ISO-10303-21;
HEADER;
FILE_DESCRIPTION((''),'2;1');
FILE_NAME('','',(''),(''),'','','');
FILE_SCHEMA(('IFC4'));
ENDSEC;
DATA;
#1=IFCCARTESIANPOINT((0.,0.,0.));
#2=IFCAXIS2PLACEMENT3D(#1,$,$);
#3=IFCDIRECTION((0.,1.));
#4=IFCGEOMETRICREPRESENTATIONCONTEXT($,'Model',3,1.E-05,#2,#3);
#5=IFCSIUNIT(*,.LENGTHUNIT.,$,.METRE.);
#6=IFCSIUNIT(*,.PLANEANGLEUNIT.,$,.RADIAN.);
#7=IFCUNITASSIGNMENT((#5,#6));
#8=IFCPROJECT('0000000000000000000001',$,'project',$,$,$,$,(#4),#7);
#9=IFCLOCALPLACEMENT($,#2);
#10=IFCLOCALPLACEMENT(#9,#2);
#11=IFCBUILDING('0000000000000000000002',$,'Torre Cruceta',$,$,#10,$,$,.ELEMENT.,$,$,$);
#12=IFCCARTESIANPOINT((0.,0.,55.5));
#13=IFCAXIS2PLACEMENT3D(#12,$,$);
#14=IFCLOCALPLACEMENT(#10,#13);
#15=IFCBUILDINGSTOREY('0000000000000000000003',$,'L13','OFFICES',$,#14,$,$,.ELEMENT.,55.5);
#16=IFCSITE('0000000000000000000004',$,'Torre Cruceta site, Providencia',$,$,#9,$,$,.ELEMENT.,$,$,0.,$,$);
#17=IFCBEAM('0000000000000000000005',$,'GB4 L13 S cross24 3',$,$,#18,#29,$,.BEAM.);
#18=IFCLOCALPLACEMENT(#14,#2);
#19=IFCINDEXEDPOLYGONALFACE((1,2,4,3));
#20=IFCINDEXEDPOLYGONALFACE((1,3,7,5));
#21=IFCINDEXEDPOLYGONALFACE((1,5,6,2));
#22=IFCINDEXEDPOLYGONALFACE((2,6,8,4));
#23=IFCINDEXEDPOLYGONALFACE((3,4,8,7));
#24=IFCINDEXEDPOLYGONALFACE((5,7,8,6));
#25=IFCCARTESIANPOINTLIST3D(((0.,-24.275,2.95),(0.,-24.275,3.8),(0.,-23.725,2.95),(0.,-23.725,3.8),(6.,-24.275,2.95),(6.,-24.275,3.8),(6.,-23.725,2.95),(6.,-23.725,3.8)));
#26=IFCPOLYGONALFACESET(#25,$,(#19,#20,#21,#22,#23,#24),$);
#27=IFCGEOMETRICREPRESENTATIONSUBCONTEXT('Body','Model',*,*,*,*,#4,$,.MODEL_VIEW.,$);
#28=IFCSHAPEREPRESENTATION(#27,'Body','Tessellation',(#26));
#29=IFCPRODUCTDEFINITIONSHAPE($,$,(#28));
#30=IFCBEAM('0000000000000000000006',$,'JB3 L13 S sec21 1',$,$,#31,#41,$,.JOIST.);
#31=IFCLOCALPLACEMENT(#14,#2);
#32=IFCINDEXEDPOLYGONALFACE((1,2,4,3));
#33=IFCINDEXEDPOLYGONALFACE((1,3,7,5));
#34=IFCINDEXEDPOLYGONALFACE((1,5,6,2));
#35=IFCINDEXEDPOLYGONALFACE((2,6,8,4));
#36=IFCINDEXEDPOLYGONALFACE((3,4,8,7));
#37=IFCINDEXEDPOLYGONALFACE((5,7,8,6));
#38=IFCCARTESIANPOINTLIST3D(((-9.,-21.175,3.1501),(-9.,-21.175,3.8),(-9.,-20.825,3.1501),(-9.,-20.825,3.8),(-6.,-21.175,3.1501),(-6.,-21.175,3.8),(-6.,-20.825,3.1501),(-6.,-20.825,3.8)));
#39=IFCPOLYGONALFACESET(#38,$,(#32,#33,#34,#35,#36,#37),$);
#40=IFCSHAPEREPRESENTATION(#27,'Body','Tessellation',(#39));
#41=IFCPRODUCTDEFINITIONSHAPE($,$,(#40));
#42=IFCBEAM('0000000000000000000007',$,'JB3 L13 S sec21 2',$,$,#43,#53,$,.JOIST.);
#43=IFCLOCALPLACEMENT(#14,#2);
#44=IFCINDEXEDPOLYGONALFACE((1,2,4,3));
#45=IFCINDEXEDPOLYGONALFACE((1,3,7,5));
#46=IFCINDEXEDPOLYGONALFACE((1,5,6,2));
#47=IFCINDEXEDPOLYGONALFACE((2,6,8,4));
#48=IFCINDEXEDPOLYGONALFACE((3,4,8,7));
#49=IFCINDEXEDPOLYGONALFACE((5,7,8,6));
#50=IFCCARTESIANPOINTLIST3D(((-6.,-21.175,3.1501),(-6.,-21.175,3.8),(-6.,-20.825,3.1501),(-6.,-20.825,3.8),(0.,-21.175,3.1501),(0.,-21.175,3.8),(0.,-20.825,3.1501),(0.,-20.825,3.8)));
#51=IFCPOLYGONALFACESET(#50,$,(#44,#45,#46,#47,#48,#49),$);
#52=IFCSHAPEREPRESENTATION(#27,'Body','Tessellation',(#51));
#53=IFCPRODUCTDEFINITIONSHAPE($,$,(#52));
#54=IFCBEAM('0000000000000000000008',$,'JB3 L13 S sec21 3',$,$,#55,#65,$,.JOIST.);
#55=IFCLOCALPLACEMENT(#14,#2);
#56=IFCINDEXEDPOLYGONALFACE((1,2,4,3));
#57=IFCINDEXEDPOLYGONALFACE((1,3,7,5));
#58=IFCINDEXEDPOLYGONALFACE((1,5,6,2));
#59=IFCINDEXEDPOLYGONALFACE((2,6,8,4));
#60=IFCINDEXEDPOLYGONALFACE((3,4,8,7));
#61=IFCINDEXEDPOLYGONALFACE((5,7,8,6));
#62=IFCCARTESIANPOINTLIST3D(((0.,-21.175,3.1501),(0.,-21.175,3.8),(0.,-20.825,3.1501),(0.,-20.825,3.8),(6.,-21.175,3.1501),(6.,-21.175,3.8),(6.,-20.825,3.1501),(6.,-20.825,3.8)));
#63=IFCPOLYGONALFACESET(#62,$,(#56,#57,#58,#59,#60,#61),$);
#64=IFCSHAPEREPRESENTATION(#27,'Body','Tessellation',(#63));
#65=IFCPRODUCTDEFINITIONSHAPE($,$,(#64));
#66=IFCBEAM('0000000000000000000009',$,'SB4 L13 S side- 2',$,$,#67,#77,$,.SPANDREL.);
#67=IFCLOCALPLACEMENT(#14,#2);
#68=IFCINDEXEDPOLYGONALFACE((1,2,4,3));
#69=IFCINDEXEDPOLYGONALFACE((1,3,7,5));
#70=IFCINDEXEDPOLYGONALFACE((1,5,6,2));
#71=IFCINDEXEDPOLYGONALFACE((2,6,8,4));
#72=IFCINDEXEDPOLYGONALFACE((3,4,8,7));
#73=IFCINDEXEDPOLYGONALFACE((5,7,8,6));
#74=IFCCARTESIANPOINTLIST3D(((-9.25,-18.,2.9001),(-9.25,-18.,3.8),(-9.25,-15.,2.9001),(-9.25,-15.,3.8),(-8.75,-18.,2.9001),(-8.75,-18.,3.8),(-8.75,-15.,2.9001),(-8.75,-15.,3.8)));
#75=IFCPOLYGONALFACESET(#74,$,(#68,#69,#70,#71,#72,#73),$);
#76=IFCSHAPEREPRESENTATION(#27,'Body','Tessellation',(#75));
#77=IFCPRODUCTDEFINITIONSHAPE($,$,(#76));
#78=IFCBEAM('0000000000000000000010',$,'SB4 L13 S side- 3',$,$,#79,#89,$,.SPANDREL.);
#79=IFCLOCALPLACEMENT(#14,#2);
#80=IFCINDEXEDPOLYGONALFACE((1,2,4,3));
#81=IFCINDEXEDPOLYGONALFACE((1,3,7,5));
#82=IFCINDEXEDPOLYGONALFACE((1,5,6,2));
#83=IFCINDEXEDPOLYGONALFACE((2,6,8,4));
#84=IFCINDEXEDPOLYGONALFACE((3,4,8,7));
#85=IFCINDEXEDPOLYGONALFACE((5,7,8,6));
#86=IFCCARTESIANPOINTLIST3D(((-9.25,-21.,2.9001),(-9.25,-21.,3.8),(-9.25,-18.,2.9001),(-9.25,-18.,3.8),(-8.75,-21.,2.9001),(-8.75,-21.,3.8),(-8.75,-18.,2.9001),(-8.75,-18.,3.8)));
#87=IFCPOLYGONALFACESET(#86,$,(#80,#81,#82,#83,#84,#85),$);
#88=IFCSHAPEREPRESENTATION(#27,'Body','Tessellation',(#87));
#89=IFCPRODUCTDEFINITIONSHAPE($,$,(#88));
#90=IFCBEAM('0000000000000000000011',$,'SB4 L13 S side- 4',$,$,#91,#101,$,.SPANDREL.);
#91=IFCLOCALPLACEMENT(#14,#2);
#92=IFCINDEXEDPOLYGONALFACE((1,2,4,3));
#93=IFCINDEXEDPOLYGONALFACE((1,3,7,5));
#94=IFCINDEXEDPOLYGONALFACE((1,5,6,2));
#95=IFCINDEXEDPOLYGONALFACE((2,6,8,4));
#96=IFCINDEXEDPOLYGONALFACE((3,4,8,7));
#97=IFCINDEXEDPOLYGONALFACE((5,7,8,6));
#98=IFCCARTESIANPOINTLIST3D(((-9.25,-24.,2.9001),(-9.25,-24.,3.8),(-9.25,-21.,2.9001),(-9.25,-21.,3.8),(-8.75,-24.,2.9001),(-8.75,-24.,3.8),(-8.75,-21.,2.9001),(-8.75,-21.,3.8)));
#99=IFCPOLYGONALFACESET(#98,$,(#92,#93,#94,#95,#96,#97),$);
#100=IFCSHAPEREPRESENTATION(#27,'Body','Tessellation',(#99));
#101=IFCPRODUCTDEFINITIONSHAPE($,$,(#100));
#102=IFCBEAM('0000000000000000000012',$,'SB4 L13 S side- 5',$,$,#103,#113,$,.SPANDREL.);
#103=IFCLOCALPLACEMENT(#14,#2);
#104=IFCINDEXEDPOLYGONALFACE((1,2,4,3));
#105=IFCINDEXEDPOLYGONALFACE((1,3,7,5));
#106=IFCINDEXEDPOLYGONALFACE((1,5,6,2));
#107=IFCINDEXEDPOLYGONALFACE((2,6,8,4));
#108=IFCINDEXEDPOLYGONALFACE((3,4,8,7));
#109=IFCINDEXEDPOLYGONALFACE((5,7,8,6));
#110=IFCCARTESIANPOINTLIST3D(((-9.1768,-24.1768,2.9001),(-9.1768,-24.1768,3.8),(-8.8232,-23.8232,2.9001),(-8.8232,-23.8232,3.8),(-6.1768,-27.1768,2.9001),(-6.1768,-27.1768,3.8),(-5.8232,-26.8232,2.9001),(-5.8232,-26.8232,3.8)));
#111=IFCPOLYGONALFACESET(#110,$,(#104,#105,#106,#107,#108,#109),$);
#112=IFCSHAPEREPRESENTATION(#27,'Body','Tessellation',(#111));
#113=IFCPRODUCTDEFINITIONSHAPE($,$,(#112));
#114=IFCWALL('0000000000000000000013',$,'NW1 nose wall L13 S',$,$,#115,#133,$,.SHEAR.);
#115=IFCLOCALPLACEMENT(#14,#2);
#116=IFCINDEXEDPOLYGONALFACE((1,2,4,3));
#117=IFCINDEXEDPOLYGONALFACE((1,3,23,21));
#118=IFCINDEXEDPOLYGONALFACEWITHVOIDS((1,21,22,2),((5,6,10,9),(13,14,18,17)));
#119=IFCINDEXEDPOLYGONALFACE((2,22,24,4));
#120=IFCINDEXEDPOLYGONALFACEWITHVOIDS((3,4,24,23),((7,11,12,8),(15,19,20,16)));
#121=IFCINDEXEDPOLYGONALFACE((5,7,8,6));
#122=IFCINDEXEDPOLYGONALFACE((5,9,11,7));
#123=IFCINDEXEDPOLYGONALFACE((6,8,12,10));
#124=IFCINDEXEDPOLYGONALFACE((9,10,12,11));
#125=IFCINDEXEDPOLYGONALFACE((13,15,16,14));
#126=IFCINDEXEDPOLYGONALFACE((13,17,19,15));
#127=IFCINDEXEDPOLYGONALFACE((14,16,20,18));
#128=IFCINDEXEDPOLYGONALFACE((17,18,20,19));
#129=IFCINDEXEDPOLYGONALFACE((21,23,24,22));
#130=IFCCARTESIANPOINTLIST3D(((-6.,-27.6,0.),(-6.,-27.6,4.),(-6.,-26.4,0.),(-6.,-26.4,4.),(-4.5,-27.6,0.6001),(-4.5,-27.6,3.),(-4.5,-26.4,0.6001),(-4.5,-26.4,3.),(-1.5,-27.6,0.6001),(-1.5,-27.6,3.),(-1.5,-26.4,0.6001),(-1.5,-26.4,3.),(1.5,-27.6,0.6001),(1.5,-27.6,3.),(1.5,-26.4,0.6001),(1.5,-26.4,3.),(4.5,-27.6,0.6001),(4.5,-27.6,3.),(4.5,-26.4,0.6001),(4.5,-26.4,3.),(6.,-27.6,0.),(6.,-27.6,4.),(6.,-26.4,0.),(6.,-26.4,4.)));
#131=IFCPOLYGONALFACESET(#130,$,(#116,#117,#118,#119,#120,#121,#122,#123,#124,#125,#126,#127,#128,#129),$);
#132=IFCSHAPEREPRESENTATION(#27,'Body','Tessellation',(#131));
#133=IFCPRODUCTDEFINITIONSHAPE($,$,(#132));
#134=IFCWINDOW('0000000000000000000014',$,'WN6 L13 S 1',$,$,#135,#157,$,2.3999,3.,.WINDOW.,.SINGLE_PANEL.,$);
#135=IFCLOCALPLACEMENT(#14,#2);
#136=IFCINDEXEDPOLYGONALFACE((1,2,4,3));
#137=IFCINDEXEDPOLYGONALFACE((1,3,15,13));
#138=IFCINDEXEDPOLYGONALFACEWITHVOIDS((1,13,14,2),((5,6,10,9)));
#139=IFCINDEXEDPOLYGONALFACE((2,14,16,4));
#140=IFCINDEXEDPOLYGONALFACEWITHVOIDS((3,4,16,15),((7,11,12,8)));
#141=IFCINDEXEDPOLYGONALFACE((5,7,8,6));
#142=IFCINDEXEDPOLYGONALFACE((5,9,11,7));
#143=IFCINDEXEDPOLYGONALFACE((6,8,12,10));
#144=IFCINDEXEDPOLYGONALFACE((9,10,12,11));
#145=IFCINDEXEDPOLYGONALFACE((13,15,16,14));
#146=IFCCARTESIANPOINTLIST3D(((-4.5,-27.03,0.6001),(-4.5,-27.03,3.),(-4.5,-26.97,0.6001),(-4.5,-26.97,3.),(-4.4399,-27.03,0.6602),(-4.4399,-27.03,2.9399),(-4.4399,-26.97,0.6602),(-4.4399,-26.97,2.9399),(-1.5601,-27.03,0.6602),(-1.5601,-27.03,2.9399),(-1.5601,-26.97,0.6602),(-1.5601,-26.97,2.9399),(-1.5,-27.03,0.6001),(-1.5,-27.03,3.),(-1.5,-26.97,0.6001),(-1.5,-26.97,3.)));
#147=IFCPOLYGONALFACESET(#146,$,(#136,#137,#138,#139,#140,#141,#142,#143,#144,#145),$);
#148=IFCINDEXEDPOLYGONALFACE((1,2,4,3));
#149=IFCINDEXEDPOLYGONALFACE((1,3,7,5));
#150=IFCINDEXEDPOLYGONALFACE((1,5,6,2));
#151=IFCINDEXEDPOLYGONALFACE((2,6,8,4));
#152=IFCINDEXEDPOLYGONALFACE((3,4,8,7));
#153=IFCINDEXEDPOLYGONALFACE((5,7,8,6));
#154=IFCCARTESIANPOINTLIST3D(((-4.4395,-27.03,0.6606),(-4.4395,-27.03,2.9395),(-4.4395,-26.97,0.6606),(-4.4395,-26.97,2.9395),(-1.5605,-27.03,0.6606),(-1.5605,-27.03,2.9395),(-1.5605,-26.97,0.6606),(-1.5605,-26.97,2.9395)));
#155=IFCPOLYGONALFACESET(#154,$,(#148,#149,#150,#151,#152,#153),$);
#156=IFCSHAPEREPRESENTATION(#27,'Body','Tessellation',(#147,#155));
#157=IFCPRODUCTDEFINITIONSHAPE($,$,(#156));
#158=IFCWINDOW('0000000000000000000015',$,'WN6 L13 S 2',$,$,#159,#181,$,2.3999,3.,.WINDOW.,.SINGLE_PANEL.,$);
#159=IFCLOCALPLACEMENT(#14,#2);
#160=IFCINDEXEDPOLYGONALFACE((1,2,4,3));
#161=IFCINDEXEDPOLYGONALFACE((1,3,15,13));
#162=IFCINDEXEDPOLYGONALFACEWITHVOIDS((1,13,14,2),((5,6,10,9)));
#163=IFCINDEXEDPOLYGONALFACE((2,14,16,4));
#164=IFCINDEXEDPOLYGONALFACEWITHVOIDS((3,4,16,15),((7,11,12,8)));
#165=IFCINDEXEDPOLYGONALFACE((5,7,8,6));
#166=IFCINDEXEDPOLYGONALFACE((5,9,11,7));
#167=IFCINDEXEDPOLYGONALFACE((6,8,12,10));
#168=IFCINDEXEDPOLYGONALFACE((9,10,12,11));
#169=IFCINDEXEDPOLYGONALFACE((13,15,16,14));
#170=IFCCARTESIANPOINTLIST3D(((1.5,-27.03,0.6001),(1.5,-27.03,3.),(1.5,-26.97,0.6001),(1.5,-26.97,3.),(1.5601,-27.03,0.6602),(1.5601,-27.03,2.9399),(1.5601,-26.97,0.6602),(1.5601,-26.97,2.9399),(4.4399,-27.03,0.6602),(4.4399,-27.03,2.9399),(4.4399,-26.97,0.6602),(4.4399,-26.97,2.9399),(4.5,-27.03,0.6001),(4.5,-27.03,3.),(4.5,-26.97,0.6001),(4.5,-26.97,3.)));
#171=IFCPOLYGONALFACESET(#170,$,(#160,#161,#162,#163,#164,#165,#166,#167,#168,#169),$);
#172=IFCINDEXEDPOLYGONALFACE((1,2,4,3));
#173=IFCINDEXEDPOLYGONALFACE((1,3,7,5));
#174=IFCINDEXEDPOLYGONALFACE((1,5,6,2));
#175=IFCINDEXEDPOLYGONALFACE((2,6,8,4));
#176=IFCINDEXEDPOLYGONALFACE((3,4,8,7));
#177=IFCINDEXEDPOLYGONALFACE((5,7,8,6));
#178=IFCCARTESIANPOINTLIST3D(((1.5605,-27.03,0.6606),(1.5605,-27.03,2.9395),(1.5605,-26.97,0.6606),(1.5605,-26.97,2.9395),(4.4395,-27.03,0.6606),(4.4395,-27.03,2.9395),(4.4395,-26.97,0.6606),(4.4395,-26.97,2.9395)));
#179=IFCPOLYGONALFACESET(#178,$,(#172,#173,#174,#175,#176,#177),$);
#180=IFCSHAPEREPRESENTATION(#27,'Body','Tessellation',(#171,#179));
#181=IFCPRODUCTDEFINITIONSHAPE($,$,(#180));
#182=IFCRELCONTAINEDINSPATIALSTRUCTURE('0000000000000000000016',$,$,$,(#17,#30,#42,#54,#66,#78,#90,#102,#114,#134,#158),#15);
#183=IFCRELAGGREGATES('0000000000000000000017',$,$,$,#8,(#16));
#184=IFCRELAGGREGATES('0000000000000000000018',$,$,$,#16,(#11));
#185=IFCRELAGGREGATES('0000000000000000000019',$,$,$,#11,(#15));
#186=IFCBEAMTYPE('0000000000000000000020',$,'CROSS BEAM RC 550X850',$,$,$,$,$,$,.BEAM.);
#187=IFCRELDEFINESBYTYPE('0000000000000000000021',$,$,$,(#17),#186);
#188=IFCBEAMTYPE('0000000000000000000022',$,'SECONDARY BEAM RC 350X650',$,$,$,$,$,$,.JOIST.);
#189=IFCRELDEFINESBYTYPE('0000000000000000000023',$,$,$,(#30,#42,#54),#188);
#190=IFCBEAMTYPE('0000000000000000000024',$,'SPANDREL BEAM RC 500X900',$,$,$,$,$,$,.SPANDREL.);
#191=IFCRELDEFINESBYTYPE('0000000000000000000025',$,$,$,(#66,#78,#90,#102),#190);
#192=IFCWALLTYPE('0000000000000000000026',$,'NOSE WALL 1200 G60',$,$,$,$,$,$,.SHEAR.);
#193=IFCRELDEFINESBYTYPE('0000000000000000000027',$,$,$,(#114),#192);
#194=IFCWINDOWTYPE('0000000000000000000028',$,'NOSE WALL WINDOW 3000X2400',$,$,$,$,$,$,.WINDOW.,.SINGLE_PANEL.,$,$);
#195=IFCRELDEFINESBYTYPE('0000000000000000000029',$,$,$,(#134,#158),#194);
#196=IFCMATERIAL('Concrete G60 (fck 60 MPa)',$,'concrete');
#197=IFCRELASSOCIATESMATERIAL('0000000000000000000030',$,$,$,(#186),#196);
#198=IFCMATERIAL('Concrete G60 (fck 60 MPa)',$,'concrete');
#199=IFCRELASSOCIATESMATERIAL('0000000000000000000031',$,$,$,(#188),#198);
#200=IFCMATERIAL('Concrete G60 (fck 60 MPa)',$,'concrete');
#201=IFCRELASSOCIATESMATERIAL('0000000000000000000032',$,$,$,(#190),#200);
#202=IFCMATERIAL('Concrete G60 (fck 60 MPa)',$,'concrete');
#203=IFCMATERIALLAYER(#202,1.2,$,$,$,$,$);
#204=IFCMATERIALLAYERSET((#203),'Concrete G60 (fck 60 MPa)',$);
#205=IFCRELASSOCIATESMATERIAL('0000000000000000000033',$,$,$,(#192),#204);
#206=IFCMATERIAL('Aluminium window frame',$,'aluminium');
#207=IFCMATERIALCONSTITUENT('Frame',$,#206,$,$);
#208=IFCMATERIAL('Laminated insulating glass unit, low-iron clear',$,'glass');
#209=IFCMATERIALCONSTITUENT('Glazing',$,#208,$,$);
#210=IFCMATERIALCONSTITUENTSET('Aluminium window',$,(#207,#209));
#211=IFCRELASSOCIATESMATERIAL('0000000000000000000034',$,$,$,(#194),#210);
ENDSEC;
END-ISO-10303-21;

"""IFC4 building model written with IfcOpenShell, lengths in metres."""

from ifc_helpers import new_model, si_unit, direction, frame, frame_2d, origin, origin_2d, place, context, subcontext, project, spatial, rectangle, hollow_rectangle, extrude, material, layer, layer_set, constituent, constituent_set, material_profile, profile_set, type_object, element, fill, save


model = new_model("IFC4")

# Units and contexts
model_context = context("Model", 3, precision=1e-05, world=origin(), true_north=direction((0.0, 1.0)))
body_context = subcontext(model_context, "Body", "Model", "MODEL_VIEW")
ifc_project = project(units=[si_unit("LENGTHUNIT", "METRE"), si_unit("PLANEANGLEUNIT", "RADIAN")], contexts=[model_context])

# Site, building, storey
site_placement = place(None, origin())
site = spatial("IfcSite", under=ifc_project, at=site_placement, Name="Torre Cruceta site, Providencia", CompositionType="ELEMENT", RefElevation=0.0)
building_placement = place(site_placement, origin())
building = spatial("IfcBuilding", under=site, at=building_placement, Name="Torre Cruceta", CompositionType="ELEMENT")
storey_placement = place(building_placement, frame((0.0, 0.0, 55.5)))
storey = spatial("IfcBuildingStorey", under=building, at=storey_placement, Name="L13", Description="OFFICES", CompositionType="ELEMENT", Elevation=55.5)

# Beams
ifc_material_1 = material(Name="Concrete G60 (fck 60 MPa)", Category="concrete")
ifc_material_profile_1 = material_profile(ifc_material_1, rectangle(XDim=0.55, YDim=0.8501, at=origin_2d()), Name="RC 550X850")
ifc_profile_set_1 = profile_set([ifc_material_profile_1], Name="Concrete G60 (fck 60 MPa)")
beam_type_1 = type_object("IfcBeamType", Name="CROSS BEAM RC 550X850", PredefinedType="BEAM", material=ifc_profile_set_1)
for number, where, z_axis, x_axis, name in (
    (1, (0.0, -24.0, 3.375), (1.0, 0.0, 0.0), (0.0, 1.0, 0.0), "GB4 L13 S cross24 3"),
):
    element("IfcBeam", number, at=place(storey_placement, frame(where, z_axis=z_axis, x_axis=x_axis)), inside=storey, type_object=beam_type_1, Name=name, PredefinedType="BEAM", context=body_context, shape_type="SweptSolid", body=[
        extrude(rectangle(XDim=0.55, YDim=0.8501, at=origin_2d()), origin(), (0.0, 0.0, 1.0), 6.0),
    ])
ifc_material_2 = material(Name="Concrete G60 (fck 60 MPa)", Category="concrete")
ifc_material_profile_2 = material_profile(ifc_material_2, rectangle(XDim=0.3501, YDim=0.6499, at=origin_2d()), Name="RC 350X650")
ifc_profile_set_2 = profile_set([ifc_material_profile_2], Name="Concrete G60 (fck 60 MPa)")
beam_type_2 = type_object("IfcBeamType", Name="SECONDARY BEAM RC 350X650", PredefinedType="JOIST", material=ifc_profile_set_2)
beam_1_placement = place(storey_placement, frame((-9.0, -21.0, 3.4751), z_axis=(1.0, 0.0, 0.0), x_axis=(0.0, 1.0, 0.0)))
element("IfcBeam", 2, at=beam_1_placement, inside=storey, type_object=beam_type_2, Name="JB3 L13 S sec21 1", PredefinedType="JOIST", context=body_context, shape_type="SweptSolid", body=[
    extrude(rectangle(XDim=0.3501, YDim=0.6499, at=origin_2d()), origin(), (0.0, 0.0, 1.0), 3.0),
])
for number, where, z_axis, x_axis, name in (
    (3, (-6.0, -21.0, 3.4751), (1.0, 0.0, 0.0), (0.0, 1.0, 0.0), "JB3 L13 S sec21 2"),
    (4, (0.0, -21.0, 3.4751), (1.0, 0.0, 0.0), (0.0, 1.0, 0.0), "JB3 L13 S sec21 3"),
):
    element("IfcBeam", number, at=place(storey_placement, frame(where, z_axis=z_axis, x_axis=x_axis)), inside=storey, type_object=beam_type_2, Name=name, PredefinedType="JOIST", context=body_context, shape_type="SweptSolid", body=[
        extrude(rectangle(XDim=0.3501, YDim=0.6499, at=origin_2d()), origin(), (0.0, 0.0, 1.0), 6.0),
    ])
ifc_material_3 = material(Name="Concrete G60 (fck 60 MPa)", Category="concrete")
ifc_material_profile_3 = material_profile(ifc_material_3, rectangle(XDim=0.5, YDim=0.8999, at=origin_2d()), Name="RC 500X900")
ifc_profile_set_3 = profile_set([ifc_material_profile_3], Name="Concrete G60 (fck 60 MPa)")
beam_type_3 = type_object("IfcBeamType", Name="SPANDREL BEAM RC 500X900", PredefinedType="SPANDREL", material=ifc_profile_set_3)
for number, where, z_axis, x_axis, name in (
    (5, (-9.0, -15.0, 3.3501), (0.0, -1.0, 0.0), (1.0, 0.0, 0.0), "SB4 L13 S side- 2"),
    (6, (-9.0, -18.0, 3.3501), (0.0, -1.0, 0.0), (1.0, 0.0, 0.0), "SB4 L13 S side- 3"),
    (7, (-9.0, -21.0, 3.3501), (0.0, -1.0, 0.0), (1.0, 0.0, 0.0), "SB4 L13 S side- 4"),
):
    element("IfcBeam", number, at=place(storey_placement, frame(where, z_axis=z_axis, x_axis=x_axis)), inside=storey, type_object=beam_type_3, Name=name, PredefinedType="SPANDREL", context=body_context, shape_type="SweptSolid", body=[
        extrude(rectangle(XDim=0.5, YDim=0.8999, at=origin_2d()), origin(), (0.0, 0.0, 1.0), 3.0),
    ])
beam_2_placement = place(storey_placement, frame((-9.0, -24.0, 3.3501), z_axis=(0.707107, -0.707107, 0.0), x_axis=(0.707107, 0.707107, 0.0)))
element("IfcBeam", 8, at=beam_2_placement, inside=storey, type_object=beam_type_3, Name="SB4 L13 S side- 5", PredefinedType="SPANDREL", context=body_context, shape_type="SweptSolid", body=[
    extrude(rectangle(XDim=0.5, YDim=0.8999, at=origin_2d()), origin(), (0.0, 0.0, 1.0), 4.2427),
])

# Wall, openings, windows
ifc_material_4 = material(Name="Concrete G60 (fck 60 MPa)", Category="concrete")
ifc_layer_1 = layer(ifc_material_4, 1.2)
ifc_layer_set_1 = layer_set([ifc_layer_1], Name="Concrete G60 (fck 60 MPa)")
wall_type_1 = type_object("IfcWallType", Name="NOSE WALL 1200 G60", PredefinedType="SHEAR", material=ifc_layer_set_1)
wall_1_placement = place(storey_placement, frame((-6.0, -27.0, 0.0), z_axis=(0.0, 0.0, 1.0), x_axis=(1.0, 0.0, 0.0)))
wall_1 = element("IfcWall", 9, at=wall_1_placement, inside=storey, type_object=wall_type_1, Name="NW1 nose wall L13 S", PredefinedType="SHEAR", context=body_context, shape_type="SweptSolid", body=[
    extrude(rectangle(XDim=12.0, YDim=1.2, at=frame_2d((6.0, 0.0))), origin(), (0.0, 0.0, 1.0), 4.0),
])
opening_1_placement = place(wall_1_placement, frame((1.5, 0.0, 0.6001)))
opening_1 = element("IfcOpeningElement", 10, at=opening_1_placement, cuts=wall_1, PredefinedType="OPENING", context=body_context, shape_type="SweptSolid", body=[
    extrude(rectangle(XDim=3.0, YDim=2.3999, at=frame_2d((1.5, 1.2))), frame((0.0, 0.6099, 0.0), z_axis=(0.0, -1.0, 0.0), x_axis=(1.0, 0.0, 0.0)), (0.0, 0.0, 1.0), 1.22),
])
opening_2_placement = place(wall_1_placement, frame((7.5, 0.0, 0.6001)))
opening_2 = element("IfcOpeningElement", 11, at=opening_2_placement, cuts=wall_1, PredefinedType="OPENING", context=body_context, shape_type="SweptSolid", body=[
    extrude(rectangle(XDim=3.0, YDim=2.3999, at=frame_2d((1.5, 1.2))), frame((0.0, 0.6099, 0.0), z_axis=(0.0, -1.0, 0.0), x_axis=(1.0, 0.0, 0.0)), (0.0, 0.0, 1.0), 1.22),
])
ifc_material_5 = material(Name="Aluminium window frame", Category="aluminium")
ifc_constituent_1 = constituent(ifc_material_5, Name="Frame")
ifc_material_6 = material(Name="Laminated insulating glass unit, low-iron clear", Category="glass")
ifc_constituent_2 = constituent(ifc_material_6, Name="Glazing")
ifc_constituent_set_1 = constituent_set(constituents=[ifc_constituent_1, ifc_constituent_2], Name="Aluminium window")
window_type = type_object("IfcWindowType", Name="NOSE WALL WINDOW 3000X2400", PartitioningType="SINGLE_PANEL", PredefinedType="WINDOW", material=ifc_constituent_set_1)
window_1_placement = place(opening_1_placement, origin())
window_1 = element("IfcWindow", 12, at=window_1_placement, inside=storey, type_object=window_type, Name="WN6 L13 S 1", OverallHeight=2.3999, OverallWidth=3.0, PartitioningType="SINGLE_PANEL", PredefinedType="WINDOW", context=body_context, shape_type="SweptSolid", body=[
    extrude(hollow_rectangle(XDim=3.0, YDim=2.3999, WallThickness=0.0601, at=frame_2d((1.5, 1.2))), frame((0.0, 0.03, 0.0), z_axis=(0.0, -1.0, 0.0), x_axis=(1.0, 0.0, 0.0)), (0.0, 0.0, 1.0), 0.0601),
    extrude(rectangle(XDim=2.8789, YDim=2.2788, at=frame_2d((1.5, 1.2))), frame((0.0, 0.03, 0.0), z_axis=(0.0, -1.0, 0.0), x_axis=(1.0, 0.0, 0.0)), (0.0, 0.0, 1.0), 0.0601),
])
fill(opening_1, window_1)
window_2_placement = place(opening_2_placement, origin())
window_2 = element("IfcWindow", 13, at=window_2_placement, inside=storey, type_object=window_type, Name="WN6 L13 S 2", OverallHeight=2.3999, OverallWidth=3.0, PartitioningType="SINGLE_PANEL", PredefinedType="WINDOW", context=body_context, shape_type="SweptSolid", body=[
    extrude(hollow_rectangle(XDim=3.0, YDim=2.3999, WallThickness=0.0601, at=frame_2d((1.5, 1.2))), frame((0.0, 0.03, 0.0), z_axis=(0.0, -1.0, 0.0), x_axis=(1.0, 0.0, 0.0)), (0.0, 0.0, 1.0), 0.0601),
    extrude(rectangle(XDim=2.8789, YDim=2.2788, at=frame_2d((1.5, 1.2))), frame((0.0, 0.03, 0.0), z_axis=(0.0, -1.0, 0.0), x_axis=(1.0, 0.0, 0.0)), (0.0, 0.0, 1.0), 0.0601),
])
fill(opening_2, window_2)

save(model, "model.ifc")
